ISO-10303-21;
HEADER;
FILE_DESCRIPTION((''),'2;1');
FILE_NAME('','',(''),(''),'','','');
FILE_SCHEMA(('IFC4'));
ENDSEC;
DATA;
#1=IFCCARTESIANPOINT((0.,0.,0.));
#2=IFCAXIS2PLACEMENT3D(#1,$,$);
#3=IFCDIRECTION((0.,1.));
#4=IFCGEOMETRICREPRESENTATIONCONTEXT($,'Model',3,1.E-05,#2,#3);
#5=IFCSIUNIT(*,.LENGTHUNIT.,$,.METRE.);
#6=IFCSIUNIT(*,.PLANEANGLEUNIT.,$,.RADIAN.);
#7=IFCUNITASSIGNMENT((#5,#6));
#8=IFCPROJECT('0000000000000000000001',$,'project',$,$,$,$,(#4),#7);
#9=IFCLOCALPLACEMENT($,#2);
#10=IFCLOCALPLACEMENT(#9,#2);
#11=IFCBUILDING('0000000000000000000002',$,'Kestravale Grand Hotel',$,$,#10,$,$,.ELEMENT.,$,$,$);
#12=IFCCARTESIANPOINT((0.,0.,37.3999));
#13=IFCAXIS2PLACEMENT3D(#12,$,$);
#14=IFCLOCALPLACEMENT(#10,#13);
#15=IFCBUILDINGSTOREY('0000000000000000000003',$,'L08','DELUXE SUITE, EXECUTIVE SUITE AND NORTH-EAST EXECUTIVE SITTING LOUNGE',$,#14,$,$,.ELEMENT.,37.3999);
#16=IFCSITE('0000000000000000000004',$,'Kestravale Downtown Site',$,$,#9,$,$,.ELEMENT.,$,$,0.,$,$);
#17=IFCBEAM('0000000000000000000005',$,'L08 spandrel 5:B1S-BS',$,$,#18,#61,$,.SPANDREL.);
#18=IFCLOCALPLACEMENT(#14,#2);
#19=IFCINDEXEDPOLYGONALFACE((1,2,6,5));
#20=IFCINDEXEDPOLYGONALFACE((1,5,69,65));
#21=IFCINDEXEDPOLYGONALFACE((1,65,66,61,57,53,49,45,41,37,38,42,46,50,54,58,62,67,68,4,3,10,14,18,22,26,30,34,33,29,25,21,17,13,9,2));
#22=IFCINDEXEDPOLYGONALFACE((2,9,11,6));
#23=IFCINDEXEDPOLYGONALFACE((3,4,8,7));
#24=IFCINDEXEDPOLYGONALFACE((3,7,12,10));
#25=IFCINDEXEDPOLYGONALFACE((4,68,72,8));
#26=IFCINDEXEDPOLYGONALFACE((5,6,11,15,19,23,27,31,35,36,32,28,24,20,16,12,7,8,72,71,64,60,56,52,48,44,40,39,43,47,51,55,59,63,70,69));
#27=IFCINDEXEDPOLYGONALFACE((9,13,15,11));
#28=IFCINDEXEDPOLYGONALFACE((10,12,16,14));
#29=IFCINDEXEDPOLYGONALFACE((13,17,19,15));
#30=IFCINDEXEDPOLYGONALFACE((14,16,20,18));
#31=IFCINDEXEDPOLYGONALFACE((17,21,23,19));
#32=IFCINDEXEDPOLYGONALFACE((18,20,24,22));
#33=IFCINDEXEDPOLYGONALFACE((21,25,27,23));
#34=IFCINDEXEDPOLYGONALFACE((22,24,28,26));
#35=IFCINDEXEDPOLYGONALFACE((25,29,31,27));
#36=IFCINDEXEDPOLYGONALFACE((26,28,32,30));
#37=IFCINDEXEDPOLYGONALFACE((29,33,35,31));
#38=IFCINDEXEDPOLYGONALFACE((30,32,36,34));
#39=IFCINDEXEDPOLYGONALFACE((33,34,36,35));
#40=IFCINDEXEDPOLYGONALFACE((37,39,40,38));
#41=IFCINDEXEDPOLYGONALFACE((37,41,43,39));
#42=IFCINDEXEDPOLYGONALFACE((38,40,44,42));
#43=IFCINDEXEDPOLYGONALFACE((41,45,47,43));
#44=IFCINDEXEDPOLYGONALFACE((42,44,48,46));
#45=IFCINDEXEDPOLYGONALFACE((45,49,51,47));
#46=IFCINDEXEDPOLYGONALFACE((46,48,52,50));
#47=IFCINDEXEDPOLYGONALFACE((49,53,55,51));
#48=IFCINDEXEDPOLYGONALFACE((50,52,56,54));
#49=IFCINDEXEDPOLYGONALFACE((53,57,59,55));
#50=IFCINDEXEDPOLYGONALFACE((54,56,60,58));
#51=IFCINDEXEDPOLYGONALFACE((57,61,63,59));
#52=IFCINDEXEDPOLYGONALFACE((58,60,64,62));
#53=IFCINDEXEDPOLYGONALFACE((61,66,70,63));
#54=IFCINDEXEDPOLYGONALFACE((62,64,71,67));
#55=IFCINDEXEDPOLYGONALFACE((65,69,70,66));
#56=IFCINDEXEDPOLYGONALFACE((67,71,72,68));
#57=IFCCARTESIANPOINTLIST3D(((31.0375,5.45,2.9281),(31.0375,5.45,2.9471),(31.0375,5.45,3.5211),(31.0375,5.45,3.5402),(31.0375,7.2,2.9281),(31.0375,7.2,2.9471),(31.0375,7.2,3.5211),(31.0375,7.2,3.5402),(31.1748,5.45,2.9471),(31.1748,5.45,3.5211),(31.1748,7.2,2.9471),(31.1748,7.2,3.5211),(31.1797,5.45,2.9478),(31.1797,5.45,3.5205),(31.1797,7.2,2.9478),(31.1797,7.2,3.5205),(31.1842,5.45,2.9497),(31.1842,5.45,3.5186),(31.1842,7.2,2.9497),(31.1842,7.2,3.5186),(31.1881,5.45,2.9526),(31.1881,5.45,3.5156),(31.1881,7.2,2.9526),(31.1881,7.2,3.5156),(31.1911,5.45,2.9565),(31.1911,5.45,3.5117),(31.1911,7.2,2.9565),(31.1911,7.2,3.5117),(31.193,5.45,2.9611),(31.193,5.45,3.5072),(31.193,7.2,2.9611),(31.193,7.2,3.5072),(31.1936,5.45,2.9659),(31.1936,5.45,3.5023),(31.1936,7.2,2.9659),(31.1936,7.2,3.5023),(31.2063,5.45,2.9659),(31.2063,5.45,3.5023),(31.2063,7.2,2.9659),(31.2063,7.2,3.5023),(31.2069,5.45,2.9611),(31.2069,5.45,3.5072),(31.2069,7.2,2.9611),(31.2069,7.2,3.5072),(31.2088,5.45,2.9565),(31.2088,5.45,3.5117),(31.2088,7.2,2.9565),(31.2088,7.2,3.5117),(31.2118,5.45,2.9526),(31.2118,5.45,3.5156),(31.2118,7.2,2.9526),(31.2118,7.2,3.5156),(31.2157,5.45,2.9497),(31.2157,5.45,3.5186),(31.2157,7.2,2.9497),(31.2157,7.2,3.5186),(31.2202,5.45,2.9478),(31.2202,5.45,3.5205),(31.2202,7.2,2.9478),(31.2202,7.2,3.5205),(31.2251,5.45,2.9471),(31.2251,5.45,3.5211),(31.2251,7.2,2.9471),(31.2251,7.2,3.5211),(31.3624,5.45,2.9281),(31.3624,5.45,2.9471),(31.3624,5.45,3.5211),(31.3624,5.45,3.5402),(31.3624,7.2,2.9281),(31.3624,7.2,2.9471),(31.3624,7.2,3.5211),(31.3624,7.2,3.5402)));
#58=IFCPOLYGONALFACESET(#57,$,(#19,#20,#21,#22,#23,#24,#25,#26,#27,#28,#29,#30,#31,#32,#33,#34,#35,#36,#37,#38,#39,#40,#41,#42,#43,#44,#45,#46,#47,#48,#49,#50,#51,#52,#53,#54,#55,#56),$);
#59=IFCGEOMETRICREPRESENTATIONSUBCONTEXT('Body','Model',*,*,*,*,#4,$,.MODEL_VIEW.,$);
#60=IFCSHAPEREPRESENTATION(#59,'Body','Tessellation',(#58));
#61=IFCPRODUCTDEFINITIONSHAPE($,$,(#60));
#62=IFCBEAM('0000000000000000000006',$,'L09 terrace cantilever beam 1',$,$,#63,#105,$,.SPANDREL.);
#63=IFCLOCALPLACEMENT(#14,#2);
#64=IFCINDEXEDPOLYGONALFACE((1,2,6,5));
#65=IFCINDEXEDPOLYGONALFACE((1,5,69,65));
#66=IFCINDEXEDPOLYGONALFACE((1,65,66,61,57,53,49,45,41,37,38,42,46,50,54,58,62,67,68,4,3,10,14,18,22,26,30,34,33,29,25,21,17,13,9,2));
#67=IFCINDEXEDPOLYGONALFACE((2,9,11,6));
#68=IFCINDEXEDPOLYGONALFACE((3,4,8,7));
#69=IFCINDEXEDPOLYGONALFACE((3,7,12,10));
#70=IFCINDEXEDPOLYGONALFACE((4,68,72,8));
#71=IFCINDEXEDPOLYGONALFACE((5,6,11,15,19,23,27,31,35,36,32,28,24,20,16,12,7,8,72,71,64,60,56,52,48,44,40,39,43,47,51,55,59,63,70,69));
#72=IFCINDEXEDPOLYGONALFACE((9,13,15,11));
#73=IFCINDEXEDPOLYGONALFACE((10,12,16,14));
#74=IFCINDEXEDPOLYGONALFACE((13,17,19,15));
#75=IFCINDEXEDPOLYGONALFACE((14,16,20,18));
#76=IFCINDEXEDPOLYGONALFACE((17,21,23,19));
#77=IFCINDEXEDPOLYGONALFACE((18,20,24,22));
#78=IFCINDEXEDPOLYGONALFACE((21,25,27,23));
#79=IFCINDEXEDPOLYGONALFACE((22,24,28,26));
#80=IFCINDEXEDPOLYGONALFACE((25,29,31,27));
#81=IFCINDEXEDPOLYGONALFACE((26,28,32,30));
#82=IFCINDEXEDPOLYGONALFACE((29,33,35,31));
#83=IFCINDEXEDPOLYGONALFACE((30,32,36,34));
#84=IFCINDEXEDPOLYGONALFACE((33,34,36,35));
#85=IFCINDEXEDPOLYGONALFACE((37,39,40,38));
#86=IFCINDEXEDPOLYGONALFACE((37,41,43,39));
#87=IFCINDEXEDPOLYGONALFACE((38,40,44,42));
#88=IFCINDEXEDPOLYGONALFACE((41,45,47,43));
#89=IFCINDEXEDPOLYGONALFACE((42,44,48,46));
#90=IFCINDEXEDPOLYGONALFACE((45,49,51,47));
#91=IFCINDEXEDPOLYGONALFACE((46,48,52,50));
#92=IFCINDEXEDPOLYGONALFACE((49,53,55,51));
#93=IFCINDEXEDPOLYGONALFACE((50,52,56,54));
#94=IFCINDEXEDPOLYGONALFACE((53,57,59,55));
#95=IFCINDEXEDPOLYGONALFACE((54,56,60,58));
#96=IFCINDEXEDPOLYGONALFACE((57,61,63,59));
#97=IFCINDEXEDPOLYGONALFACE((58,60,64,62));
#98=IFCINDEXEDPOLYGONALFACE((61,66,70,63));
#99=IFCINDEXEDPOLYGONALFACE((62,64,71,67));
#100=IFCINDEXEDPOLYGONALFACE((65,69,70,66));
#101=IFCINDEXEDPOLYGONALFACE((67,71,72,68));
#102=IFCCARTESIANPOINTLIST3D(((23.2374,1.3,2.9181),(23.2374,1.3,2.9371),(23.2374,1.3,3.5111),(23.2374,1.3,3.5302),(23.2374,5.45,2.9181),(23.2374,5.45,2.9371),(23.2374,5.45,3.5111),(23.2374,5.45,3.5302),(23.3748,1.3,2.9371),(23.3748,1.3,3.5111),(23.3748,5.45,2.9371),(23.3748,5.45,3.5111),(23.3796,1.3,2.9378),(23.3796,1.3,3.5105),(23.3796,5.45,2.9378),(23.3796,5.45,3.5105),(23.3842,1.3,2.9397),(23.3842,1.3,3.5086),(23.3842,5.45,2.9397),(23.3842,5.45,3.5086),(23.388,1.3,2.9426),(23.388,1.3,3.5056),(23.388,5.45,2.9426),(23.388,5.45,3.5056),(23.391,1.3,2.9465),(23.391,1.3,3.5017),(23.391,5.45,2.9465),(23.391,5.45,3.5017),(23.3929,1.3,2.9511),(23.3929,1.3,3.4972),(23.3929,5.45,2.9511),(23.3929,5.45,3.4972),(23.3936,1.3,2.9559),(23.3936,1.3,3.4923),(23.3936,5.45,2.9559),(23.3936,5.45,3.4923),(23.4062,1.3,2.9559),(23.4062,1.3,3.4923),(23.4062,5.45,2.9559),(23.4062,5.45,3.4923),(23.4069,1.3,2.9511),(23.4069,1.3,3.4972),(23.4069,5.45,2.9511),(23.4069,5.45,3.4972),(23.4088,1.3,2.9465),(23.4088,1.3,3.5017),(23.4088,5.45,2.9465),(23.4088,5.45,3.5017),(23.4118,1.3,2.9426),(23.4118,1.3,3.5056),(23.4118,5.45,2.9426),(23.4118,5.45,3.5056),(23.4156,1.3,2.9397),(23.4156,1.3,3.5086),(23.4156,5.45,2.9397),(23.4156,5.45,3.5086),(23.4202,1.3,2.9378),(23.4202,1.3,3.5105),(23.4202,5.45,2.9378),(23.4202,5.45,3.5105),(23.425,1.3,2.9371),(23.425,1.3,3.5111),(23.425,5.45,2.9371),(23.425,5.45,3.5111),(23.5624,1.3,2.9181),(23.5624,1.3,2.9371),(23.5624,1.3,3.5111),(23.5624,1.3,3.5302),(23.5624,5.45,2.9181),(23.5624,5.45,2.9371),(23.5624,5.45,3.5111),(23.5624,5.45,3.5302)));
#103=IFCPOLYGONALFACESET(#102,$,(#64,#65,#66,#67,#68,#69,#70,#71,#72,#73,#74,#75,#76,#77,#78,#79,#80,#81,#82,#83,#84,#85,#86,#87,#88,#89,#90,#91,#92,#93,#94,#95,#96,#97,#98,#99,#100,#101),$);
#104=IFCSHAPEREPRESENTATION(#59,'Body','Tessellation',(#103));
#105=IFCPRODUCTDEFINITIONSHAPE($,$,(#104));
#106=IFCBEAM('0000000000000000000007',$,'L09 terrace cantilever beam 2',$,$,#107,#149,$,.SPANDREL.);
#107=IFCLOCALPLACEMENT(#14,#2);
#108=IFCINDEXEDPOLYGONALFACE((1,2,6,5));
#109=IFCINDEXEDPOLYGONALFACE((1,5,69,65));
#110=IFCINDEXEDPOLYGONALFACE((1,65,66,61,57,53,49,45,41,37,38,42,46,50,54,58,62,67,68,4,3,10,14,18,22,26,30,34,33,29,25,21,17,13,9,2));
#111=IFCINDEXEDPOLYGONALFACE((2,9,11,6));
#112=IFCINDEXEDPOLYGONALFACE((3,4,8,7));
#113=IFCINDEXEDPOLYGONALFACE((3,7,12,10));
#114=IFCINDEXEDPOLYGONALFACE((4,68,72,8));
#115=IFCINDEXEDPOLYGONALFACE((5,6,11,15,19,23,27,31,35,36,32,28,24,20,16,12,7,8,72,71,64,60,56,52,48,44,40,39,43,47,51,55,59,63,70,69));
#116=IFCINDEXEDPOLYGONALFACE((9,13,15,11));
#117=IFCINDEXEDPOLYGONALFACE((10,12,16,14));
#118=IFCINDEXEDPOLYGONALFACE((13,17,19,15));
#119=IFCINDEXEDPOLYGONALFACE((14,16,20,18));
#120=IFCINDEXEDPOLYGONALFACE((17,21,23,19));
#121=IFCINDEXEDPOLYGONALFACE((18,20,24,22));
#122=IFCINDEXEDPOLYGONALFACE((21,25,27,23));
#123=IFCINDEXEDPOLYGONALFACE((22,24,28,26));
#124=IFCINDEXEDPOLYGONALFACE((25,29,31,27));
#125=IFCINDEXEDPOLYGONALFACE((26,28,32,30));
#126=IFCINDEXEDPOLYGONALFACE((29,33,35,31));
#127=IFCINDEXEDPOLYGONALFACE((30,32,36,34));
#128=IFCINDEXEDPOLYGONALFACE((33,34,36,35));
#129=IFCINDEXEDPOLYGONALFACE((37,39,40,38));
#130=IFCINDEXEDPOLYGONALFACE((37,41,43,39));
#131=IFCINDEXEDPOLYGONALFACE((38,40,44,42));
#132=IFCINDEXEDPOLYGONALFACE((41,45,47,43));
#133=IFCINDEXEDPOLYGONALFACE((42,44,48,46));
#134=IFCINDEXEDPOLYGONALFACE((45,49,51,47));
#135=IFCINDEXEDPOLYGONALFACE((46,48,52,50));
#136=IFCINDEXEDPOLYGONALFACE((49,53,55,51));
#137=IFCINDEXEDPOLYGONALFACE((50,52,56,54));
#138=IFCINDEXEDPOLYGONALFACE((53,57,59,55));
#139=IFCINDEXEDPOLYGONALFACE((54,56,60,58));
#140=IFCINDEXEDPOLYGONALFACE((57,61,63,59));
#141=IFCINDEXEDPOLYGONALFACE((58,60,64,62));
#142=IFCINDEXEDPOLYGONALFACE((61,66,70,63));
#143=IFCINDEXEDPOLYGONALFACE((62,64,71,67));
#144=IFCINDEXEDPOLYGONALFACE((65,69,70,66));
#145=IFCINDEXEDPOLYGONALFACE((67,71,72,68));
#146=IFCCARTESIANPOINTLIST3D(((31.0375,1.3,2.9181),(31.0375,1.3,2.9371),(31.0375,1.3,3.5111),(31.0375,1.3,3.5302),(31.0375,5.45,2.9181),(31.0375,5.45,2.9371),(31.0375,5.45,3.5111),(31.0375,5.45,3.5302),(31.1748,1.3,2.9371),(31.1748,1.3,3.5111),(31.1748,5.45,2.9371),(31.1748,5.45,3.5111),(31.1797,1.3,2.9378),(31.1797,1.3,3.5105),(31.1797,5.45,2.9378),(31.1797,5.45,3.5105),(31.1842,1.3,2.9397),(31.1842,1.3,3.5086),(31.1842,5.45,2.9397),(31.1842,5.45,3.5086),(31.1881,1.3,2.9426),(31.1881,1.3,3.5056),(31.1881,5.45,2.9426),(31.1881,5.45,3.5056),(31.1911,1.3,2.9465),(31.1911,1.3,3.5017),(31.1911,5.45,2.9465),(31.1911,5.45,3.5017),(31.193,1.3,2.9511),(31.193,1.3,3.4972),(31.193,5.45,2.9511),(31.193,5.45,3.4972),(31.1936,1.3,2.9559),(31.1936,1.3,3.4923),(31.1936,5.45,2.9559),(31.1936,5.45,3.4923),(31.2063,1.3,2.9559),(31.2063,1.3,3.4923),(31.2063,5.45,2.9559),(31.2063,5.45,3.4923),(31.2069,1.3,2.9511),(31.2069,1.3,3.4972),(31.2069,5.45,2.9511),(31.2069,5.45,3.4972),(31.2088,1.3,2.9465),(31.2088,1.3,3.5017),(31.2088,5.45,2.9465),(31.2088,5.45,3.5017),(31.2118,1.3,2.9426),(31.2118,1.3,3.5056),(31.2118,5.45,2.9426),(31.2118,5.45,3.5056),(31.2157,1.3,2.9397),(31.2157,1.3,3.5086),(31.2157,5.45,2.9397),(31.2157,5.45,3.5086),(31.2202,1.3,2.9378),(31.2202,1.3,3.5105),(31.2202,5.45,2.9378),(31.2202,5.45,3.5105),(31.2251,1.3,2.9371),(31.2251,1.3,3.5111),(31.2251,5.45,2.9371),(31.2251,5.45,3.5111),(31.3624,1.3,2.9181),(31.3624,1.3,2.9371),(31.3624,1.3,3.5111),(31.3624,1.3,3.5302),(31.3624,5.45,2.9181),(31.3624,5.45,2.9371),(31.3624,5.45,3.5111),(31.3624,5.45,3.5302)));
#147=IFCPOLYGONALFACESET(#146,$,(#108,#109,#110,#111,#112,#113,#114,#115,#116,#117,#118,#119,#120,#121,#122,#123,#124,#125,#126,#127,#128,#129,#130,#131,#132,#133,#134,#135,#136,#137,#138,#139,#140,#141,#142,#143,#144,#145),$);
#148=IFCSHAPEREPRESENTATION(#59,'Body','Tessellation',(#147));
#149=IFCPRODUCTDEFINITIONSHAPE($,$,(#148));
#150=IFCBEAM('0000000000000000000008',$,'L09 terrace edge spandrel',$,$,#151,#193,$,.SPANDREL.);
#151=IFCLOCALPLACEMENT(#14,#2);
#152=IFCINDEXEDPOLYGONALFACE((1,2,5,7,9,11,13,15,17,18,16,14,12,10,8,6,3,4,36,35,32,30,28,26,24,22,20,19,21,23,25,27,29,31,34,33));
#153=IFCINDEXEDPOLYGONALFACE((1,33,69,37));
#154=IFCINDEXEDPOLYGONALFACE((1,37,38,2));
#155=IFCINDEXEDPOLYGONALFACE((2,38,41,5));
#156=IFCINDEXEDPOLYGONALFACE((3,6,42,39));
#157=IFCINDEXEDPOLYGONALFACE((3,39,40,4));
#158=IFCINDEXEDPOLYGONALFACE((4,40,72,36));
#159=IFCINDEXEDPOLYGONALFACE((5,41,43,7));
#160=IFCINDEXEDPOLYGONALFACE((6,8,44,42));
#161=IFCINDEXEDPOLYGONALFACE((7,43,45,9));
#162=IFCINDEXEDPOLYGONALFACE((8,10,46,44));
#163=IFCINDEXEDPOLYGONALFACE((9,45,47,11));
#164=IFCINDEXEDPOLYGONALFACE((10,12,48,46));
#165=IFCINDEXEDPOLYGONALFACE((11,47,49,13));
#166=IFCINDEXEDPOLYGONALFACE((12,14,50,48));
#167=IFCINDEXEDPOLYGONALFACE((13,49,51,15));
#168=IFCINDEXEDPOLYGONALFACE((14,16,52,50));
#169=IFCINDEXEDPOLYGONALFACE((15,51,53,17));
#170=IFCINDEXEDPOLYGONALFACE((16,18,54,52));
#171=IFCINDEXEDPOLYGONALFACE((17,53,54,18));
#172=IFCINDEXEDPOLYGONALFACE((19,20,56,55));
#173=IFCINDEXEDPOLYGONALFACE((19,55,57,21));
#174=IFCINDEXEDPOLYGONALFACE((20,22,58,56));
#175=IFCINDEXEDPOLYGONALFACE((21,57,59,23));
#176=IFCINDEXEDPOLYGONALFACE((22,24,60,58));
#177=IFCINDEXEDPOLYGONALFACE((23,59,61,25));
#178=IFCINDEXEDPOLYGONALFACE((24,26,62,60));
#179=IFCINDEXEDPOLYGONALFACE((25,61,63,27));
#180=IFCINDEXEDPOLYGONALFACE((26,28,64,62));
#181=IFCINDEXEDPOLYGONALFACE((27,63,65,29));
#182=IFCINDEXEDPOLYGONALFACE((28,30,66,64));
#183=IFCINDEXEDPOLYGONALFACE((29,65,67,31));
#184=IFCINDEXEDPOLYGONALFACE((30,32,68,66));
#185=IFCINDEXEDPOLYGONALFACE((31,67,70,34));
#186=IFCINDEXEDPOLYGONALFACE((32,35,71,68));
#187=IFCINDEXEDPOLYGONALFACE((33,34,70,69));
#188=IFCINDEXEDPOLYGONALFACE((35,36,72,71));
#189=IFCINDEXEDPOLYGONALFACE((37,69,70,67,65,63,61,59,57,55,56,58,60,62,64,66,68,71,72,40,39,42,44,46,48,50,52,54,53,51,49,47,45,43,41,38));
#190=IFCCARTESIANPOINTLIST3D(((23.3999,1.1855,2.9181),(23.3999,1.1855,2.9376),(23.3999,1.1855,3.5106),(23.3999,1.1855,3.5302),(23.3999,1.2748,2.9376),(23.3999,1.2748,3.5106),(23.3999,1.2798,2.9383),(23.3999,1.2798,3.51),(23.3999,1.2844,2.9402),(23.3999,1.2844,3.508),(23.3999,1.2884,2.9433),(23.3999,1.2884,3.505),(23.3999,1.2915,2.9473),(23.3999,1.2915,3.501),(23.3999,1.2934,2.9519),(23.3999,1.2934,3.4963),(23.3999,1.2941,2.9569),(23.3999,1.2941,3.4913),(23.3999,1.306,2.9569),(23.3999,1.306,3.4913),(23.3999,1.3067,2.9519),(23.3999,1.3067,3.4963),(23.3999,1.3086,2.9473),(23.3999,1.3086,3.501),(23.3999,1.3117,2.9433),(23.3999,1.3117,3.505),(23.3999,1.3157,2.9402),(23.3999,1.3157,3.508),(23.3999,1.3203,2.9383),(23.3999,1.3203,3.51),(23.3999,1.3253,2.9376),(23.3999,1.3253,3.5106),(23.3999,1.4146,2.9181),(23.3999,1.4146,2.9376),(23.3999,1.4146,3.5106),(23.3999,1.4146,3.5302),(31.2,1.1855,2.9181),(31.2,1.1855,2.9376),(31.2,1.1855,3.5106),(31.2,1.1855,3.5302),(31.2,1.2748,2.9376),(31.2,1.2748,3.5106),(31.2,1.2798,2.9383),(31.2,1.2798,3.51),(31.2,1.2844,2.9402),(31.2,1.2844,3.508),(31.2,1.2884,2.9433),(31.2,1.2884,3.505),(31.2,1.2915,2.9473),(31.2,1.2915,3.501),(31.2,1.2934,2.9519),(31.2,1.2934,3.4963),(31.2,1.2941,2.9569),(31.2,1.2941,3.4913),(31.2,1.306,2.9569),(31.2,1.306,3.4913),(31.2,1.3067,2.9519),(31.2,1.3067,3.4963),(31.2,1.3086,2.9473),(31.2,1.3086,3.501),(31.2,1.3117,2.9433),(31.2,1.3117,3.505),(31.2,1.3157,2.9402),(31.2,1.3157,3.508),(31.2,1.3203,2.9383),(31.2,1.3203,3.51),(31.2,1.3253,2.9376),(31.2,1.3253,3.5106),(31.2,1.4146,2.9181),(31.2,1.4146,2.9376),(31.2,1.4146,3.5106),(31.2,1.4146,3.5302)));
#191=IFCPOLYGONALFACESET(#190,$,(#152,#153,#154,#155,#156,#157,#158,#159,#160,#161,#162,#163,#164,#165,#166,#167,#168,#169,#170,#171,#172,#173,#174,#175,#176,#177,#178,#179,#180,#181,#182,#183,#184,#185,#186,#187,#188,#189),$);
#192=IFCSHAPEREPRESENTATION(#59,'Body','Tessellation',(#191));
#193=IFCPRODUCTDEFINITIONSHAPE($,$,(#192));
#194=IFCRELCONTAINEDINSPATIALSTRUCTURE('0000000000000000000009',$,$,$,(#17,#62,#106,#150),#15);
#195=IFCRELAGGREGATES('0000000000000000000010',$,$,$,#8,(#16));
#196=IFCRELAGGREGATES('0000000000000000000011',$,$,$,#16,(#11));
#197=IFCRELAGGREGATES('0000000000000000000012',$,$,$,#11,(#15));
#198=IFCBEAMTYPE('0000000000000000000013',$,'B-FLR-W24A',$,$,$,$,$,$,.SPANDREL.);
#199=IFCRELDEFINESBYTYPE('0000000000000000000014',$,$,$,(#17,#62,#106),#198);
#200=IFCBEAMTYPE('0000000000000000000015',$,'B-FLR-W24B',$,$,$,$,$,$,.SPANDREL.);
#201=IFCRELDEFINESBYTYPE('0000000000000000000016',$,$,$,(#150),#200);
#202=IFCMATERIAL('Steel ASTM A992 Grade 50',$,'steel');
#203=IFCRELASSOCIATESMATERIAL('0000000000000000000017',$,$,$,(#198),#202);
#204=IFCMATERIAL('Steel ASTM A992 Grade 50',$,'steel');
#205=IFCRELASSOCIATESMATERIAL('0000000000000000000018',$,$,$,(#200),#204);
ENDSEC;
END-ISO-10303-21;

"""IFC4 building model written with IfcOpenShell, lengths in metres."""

from ifc_helpers import new_model, si_unit, direction, frame, origin, origin_2d, place, context, subcontext, project, spatial, i_section, extrude, material, material_profile, profile_set, type_object, element, save


model = new_model("IFC4")

# Units and contexts
model_context = context("Model", 3, precision=1e-05, world=origin(), true_north=direction((0.0, 1.0)))
body_context = subcontext(model_context, "Body", "Model", "MODEL_VIEW")
ifc_project = project(units=[si_unit("LENGTHUNIT", "METRE"), si_unit("PLANEANGLEUNIT", "RADIAN")], contexts=[model_context])

# Site, building, storey
site_placement = place(None, origin())
site = spatial("IfcSite", under=ifc_project, at=site_placement, Name="Kestravale Downtown Site", CompositionType="ELEMENT", RefElevation=0.0)
building_placement = place(site_placement, origin())
building = spatial("IfcBuilding", under=site, at=building_placement, Name="Kestravale Grand Hotel", CompositionType="ELEMENT")
storey_placement = place(building_placement, frame((0.0, 0.0, 37.3999)))
storey = spatial("IfcBuildingStorey", under=building, at=storey_placement, Name="L08", Description="DELUXE SUITE, EXECUTIVE SUITE AND NORTH-EAST EXECUTIVE SITTING LOUNGE", CompositionType="ELEMENT", Elevation=37.3999)

# Beams
ifc_material_1 = material(Name="Steel ASTM A992 Grade 50", Category="steel")
ifc_material_profile_1 = material_profile(ifc_material_1, i_section(OverallWidth=0.325, OverallDepth=0.6121, WebThickness=0.0127, FlangeThickness=0.019, FilletRadius=0.0188, at=origin_2d()))
ifc_profile_set_1 = profile_set([ifc_material_profile_1], Name="Steel ASTM A992 Grade 50")
beam_type_1 = type_object("IfcBeamType", Name="B-FLR-W24A", PredefinedType="SPANDREL", material=ifc_profile_set_1)
for number, where, z_axis, x_axis, name in (
    (1, (31.2, 5.45, 3.2341), (0.0, 1.0, 0.0), (-1.0, 0.0, 0.0), "L08 spandrel 5:B1S-BS"),
):
    element("IfcBeam", number, at=place(storey_placement, frame(where, z_axis=z_axis, x_axis=x_axis)), inside=storey, type_object=beam_type_1, Name=name, PredefinedType="SPANDREL", context=body_context, shape_type="SweptSolid", body=[
        extrude(i_section(OverallWidth=0.325, OverallDepth=0.6121, WebThickness=0.0127, FlangeThickness=0.019, FilletRadius=0.0188, at=origin_2d()), origin(), (0.0, 0.0, 1.0), 1.75),
    ])
for number, where, z_axis, x_axis, name in (
    (2, (23.3999, 5.45, 3.2241), (0.0, -1.0, 0.0), (1.0, 0.0, 0.0), "L09 terrace cantilever beam 1"),
    (3, (31.2, 5.45, 3.2241), (0.0, -1.0, 0.0), (1.0, 0.0, 0.0), "L09 terrace cantilever beam 2"),
):
    element("IfcBeam", number, at=place(storey_placement, frame(where, z_axis=z_axis, x_axis=x_axis)), inside=storey, type_object=beam_type_1, Name=name, PredefinedType="SPANDREL", context=body_context, shape_type="SweptSolid", body=[
        extrude(i_section(OverallWidth=0.325, OverallDepth=0.6121, WebThickness=0.0127, FlangeThickness=0.019, FilletRadius=0.0188, at=origin_2d()), origin(), (0.0, 0.0, 1.0), 4.1499),
    ])
ifc_material_2 = material(Name="Steel ASTM A992 Grade 50", Category="steel")
ifc_material_profile_2 = material_profile(ifc_material_2, i_section(OverallWidth=0.229, OverallDepth=0.6121, WebThickness=0.012, FlangeThickness=0.0195, FilletRadius=0.0193, at=origin_2d()))
ifc_profile_set_2 = profile_set([ifc_material_profile_2], Name="Steel ASTM A992 Grade 50")
beam_type_2 = type_object("IfcBeamType", Name="B-FLR-W24B", PredefinedType="SPANDREL", material=ifc_profile_set_2)
beam_1_placement = place(storey_placement, frame((23.3999, 1.3, 3.2241), z_axis=(1.0, 0.0, 0.0), x_axis=(0.0, 1.0, 0.0)))
element("IfcBeam", 4, at=beam_1_placement, inside=storey, type_object=beam_type_2, Name="L09 terrace edge spandrel", PredefinedType="SPANDREL", context=body_context, shape_type="SweptSolid", body=[
    extrude(i_section(OverallWidth=0.229, OverallDepth=0.6121, WebThickness=0.012, FlangeThickness=0.0195, FilletRadius=0.0193, at=origin_2d()), origin(), (0.0, 0.0, 1.0), 7.8),
])

save(model, "model.ifc")
